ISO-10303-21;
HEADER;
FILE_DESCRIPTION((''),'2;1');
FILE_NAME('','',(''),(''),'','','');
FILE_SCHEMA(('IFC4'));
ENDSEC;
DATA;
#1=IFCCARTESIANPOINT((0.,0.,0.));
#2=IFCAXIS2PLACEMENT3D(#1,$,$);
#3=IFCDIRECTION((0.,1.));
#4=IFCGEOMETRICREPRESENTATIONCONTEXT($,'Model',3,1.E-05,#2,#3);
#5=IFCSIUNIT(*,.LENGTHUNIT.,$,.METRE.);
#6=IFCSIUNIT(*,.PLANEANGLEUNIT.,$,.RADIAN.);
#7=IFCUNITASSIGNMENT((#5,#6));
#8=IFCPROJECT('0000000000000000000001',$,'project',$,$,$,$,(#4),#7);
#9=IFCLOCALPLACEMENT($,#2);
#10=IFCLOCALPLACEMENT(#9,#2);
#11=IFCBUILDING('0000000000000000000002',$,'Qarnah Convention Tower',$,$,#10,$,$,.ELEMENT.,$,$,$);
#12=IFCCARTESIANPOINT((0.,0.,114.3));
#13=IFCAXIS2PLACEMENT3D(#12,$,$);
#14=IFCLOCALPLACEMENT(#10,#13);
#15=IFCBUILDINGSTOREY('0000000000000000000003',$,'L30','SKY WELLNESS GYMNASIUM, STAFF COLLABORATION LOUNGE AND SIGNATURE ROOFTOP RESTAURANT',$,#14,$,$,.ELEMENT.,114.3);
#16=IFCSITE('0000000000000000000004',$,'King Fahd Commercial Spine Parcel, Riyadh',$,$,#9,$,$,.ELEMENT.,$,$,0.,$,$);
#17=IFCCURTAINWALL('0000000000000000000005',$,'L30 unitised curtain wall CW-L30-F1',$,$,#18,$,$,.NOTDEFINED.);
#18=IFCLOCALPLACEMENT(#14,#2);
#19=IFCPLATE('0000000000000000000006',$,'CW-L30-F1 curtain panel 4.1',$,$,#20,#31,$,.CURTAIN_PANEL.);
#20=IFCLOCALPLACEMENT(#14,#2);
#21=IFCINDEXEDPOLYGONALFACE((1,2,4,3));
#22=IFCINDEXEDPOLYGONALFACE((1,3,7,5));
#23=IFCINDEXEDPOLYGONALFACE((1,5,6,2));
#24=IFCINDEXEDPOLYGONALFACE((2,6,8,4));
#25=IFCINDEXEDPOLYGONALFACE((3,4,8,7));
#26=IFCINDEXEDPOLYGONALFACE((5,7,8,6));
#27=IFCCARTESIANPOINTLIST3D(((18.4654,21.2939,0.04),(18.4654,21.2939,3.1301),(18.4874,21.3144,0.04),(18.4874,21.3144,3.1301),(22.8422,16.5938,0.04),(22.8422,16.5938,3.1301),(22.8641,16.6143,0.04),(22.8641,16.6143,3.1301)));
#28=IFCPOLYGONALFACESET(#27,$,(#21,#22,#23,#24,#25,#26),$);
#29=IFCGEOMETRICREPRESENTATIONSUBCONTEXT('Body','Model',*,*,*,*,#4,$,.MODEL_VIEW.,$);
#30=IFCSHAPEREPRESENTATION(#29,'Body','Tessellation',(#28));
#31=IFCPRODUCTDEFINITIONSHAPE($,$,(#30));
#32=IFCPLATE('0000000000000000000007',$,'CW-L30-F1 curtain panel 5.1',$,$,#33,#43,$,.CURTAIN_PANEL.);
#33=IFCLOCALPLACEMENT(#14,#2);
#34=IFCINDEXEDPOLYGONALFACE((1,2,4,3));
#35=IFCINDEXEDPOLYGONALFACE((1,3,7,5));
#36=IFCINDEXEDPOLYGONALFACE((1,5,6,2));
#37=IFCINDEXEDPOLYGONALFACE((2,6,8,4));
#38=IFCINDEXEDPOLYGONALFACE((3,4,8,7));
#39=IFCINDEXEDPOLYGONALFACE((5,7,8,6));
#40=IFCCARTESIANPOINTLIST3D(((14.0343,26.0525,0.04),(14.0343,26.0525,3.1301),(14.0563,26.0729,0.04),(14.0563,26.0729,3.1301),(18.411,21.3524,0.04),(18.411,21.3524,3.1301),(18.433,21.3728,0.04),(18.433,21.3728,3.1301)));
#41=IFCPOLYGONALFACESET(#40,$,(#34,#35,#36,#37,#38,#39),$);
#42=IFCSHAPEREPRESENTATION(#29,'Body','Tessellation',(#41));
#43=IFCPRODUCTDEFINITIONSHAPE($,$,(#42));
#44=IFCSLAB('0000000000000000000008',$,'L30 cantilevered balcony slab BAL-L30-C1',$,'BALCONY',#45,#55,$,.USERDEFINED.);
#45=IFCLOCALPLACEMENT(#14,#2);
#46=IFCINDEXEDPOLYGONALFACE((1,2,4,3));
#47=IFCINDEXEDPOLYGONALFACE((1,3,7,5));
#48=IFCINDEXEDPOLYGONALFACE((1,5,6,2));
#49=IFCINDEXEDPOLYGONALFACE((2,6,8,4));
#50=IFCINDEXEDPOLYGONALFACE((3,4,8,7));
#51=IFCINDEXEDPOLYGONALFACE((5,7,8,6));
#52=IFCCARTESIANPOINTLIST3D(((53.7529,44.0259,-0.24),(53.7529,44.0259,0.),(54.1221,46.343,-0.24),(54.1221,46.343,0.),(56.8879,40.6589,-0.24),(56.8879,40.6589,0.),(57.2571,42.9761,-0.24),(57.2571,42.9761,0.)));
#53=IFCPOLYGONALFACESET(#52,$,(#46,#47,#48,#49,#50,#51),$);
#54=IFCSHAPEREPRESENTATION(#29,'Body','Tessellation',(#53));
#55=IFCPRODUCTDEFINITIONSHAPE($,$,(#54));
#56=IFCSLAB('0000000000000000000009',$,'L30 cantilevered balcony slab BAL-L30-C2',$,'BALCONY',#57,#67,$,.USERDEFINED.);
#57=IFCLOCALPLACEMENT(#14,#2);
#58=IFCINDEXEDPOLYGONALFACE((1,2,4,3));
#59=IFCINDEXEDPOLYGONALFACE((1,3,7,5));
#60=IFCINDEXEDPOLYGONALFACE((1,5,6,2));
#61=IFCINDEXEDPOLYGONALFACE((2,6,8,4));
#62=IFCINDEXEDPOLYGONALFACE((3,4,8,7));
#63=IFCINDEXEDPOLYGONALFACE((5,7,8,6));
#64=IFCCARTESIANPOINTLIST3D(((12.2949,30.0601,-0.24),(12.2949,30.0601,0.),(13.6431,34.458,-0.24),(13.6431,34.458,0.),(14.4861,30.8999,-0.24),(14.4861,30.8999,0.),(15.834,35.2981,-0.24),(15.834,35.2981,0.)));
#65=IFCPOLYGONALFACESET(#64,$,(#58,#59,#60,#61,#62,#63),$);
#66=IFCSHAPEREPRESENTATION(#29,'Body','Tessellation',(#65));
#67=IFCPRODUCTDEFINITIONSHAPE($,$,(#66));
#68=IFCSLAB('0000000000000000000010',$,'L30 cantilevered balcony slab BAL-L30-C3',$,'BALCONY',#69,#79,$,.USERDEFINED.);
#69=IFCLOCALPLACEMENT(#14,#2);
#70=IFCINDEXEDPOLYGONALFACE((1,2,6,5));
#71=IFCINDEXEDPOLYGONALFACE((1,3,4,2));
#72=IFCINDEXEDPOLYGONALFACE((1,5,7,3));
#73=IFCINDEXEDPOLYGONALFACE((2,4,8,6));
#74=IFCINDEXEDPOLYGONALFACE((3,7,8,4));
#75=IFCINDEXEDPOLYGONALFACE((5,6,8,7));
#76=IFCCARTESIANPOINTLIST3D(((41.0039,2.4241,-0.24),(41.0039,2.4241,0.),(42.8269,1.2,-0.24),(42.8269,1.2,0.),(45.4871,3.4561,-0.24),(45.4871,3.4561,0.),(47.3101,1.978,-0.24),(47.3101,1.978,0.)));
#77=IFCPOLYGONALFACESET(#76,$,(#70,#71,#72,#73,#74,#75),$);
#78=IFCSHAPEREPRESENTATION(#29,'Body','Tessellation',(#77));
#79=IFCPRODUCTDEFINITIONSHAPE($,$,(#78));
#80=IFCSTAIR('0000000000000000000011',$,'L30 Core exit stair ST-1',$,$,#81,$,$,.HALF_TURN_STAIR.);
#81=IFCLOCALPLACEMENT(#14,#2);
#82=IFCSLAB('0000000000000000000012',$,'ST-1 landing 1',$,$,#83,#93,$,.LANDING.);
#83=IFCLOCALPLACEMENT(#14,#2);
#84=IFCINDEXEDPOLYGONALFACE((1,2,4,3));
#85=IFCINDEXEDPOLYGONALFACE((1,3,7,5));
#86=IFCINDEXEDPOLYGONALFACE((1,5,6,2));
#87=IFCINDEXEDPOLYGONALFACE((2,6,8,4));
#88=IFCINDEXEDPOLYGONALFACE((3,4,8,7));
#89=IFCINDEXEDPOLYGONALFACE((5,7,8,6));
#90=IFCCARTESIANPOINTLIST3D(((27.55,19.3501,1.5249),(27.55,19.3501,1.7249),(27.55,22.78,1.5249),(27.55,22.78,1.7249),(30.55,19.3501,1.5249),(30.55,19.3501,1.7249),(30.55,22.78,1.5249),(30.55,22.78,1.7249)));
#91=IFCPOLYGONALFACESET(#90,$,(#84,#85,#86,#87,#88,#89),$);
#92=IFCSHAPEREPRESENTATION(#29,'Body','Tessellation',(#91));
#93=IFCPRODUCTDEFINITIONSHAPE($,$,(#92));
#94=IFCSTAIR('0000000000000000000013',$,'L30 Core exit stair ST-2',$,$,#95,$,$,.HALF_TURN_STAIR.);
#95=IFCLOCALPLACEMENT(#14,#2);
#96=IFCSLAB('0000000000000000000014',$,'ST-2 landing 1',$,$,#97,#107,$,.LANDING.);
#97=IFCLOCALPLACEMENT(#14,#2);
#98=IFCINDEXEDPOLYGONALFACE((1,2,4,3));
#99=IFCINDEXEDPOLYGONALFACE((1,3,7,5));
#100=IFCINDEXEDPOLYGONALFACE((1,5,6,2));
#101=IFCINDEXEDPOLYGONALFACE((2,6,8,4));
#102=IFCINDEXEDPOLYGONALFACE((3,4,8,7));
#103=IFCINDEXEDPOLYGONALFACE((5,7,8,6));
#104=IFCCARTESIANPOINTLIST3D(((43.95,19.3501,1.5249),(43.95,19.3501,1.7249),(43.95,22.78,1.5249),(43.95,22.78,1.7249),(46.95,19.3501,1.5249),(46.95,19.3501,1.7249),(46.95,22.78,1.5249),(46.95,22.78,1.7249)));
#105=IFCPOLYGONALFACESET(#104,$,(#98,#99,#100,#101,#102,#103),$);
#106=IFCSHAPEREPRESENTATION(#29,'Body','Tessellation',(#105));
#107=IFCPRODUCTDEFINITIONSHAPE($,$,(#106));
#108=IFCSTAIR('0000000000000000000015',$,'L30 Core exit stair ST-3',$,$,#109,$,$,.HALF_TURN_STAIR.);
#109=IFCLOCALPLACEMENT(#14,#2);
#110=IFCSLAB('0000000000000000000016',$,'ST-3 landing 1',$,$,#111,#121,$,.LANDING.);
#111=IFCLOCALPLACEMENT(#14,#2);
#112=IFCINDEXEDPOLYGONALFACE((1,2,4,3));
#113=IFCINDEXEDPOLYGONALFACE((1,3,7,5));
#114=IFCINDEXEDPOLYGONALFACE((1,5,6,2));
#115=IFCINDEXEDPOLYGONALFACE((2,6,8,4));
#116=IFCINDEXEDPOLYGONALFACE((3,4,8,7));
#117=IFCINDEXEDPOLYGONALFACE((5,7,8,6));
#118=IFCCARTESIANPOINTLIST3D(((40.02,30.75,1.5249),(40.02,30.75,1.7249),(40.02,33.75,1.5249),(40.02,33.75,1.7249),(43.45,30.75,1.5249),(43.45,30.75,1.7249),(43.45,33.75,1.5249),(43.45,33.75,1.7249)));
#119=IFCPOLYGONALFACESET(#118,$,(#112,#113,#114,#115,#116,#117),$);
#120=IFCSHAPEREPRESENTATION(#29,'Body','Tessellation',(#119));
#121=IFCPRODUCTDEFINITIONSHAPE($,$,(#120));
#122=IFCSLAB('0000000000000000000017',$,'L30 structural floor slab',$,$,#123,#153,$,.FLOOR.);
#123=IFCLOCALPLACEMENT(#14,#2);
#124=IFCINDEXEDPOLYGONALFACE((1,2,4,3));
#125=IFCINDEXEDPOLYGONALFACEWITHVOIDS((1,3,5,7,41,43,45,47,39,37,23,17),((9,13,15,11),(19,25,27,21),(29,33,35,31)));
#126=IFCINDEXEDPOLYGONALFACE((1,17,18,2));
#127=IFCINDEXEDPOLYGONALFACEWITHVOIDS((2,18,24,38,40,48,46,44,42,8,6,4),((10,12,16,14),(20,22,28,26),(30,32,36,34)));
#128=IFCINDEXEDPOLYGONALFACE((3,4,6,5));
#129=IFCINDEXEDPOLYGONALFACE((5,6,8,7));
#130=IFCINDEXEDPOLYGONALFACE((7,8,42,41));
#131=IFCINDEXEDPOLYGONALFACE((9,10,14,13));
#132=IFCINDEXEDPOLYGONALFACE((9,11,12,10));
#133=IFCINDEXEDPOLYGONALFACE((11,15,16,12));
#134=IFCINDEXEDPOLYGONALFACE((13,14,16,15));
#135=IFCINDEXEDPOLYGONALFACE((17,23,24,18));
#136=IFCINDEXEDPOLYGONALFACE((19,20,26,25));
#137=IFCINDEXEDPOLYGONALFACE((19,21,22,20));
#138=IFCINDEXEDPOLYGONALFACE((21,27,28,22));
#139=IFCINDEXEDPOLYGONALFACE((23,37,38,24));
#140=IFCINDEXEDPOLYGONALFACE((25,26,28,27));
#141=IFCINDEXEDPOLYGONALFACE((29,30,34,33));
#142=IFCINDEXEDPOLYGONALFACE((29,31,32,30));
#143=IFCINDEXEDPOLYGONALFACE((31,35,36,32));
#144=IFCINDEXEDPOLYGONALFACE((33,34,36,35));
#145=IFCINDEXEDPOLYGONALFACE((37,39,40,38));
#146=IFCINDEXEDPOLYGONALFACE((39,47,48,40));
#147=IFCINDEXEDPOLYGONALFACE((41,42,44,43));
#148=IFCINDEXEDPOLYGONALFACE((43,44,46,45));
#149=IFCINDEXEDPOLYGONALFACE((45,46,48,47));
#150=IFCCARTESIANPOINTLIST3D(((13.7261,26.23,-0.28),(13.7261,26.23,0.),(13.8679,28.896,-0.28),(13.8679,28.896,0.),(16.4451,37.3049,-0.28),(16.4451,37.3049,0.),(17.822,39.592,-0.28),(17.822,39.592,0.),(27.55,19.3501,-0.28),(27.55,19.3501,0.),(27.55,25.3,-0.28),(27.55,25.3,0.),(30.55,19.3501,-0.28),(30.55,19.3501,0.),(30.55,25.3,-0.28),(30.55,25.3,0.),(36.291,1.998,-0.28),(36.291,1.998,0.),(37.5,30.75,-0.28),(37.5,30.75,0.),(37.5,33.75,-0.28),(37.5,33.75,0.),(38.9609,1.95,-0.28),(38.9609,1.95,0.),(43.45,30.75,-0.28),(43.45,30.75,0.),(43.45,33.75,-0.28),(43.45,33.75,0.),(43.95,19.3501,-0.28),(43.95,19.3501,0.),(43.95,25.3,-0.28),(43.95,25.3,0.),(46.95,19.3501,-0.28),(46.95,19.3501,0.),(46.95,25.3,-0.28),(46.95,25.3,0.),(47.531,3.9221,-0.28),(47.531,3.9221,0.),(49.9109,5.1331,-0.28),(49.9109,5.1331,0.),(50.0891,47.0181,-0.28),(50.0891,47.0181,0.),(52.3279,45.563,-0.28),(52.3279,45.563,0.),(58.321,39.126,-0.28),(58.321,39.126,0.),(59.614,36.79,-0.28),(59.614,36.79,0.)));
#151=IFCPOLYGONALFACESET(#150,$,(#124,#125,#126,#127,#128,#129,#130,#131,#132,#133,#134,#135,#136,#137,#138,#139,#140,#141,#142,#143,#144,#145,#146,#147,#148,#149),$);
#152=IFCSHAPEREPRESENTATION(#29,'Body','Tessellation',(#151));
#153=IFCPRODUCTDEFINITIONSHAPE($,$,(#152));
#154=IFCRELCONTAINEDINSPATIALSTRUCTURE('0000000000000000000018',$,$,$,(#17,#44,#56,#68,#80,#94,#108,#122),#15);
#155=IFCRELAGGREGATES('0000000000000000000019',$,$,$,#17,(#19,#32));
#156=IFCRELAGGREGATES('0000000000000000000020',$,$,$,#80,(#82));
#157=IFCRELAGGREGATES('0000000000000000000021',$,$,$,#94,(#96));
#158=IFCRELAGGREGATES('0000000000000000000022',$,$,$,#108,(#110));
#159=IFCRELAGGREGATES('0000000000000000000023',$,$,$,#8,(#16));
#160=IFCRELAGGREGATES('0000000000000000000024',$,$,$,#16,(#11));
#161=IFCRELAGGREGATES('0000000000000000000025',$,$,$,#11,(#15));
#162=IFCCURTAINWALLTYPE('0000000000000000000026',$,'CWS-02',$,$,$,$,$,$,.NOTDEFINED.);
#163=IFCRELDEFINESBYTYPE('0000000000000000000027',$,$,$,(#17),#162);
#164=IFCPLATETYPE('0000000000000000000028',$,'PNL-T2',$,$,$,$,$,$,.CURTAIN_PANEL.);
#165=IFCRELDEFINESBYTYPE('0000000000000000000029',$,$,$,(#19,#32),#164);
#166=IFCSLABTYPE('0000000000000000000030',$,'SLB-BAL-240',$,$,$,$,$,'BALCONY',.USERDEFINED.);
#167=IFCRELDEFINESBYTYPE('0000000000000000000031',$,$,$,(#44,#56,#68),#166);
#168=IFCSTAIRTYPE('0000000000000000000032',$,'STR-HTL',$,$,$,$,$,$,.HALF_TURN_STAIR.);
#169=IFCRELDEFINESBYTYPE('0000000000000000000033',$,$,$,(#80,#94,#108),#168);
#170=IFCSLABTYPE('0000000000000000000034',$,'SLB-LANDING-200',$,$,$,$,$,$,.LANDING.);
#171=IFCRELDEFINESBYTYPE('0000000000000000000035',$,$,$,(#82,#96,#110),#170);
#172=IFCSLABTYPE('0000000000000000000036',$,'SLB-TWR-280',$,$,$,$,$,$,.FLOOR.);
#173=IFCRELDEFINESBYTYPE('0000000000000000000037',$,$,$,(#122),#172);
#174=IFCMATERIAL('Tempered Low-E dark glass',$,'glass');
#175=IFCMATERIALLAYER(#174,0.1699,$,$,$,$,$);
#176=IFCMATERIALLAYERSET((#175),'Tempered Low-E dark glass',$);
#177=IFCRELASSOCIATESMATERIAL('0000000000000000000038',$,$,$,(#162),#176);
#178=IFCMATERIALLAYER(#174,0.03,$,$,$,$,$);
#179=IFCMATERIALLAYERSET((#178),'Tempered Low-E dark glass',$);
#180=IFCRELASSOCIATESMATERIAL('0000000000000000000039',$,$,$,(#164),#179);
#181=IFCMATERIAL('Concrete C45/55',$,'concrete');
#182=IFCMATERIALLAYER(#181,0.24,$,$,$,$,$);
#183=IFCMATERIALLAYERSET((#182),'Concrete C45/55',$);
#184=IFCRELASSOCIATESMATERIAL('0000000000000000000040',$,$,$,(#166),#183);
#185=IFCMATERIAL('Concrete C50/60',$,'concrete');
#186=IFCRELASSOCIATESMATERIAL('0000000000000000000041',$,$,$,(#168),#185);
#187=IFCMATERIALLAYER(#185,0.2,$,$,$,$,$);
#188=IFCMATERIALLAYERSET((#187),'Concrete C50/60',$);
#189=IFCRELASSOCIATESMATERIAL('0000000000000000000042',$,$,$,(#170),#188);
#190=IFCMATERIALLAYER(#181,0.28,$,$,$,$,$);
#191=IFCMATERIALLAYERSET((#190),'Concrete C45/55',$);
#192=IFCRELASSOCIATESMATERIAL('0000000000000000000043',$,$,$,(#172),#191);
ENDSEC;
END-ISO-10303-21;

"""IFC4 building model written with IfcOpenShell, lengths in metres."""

from ifc_helpers import new_model, si_unit, direction, frame, origin, origin_2d, place, context, subcontext, project, spatial, polyline, rectangle, outline, extrude, material, layer, layer_set, type_object, element, aggregate, save


model = new_model("IFC4")

# Units and contexts
model_context = context("Model", 3, precision=1e-05, world=origin(), true_north=direction((0.0, 1.0)))
body_context = subcontext(model_context, "Body", "Model", "MODEL_VIEW")
ifc_project = project(units=[si_unit("LENGTHUNIT", "METRE"), si_unit("PLANEANGLEUNIT", "RADIAN")], contexts=[model_context])

# Site, building, storey
site_placement = place(None, origin())
site = spatial("IfcSite", under=ifc_project, at=site_placement, Name="King Fahd Commercial Spine Parcel, Riyadh", CompositionType="ELEMENT", RefElevation=0.0)
building_placement = place(site_placement, origin())
building = spatial("IfcBuilding", under=site, at=building_placement, Name="Qarnah Convention Tower", CompositionType="ELEMENT")
storey_placement = place(building_placement, frame((0.0, 0.0, 114.3)))
storey = spatial("IfcBuildingStorey", under=building, at=storey_placement, Name="L30", Description="SKY WELLNESS GYMNASIUM, STAFF COLLABORATION LOUNGE AND SIGNATURE ROOFTOP RESTAURANT", CompositionType="ELEMENT", Elevation=114.3)

# Curtain wall, plates
ifc_material_1 = material(Name="Tempered Low-E dark glass", Category="glass")
ifc_layer_1 = layer(ifc_material_1, 0.1699)
ifc_layer_set_1 = layer_set([ifc_layer_1], Name="Tempered Low-E dark glass")
curtain_wall_type = type_object("IfcCurtainWallType", Name="CWS-02", PredefinedType="NOTDEFINED", material=ifc_layer_set_1)
curtain_wall_placement = place(storey_placement, origin())
curtain_wall = element("IfcCurtainWall", 1, at=curtain_wall_placement, inside=storey, type_object=curtain_wall_type, Name="L30 unitised curtain wall CW-L30-F1", PredefinedType="NOTDEFINED")
ifc_layer_2 = layer(ifc_material_1, 0.03)
ifc_layer_set_2 = layer_set([ifc_layer_2], Name="Tempered Low-E dark glass")
plate_type = type_object("IfcPlateType", Name="PNL-T2", PredefinedType="CURTAIN_PANEL", material=ifc_layer_set_2)
plate_1_placement = place(storey_placement, frame((20.6648, 18.9541, 0.04), z_axis=(0.0, 0.0, 1.0), x_axis=(-0.681483, 0.731834, 0.0)))
plate_1 = element("IfcPlate", 2, at=plate_1_placement, type_object=plate_type, Name="CW-L30-F1 curtain panel 4.1", PredefinedType="CURTAIN_PANEL", context=body_context, shape_type="SweptSolid", body=[
    extrude(rectangle(XDim=6.4224, YDim=0.03, at=origin_2d()), origin(), (0.0, 0.0, 1.0), 3.0901),
])
plate_2_placement = place(storey_placement, frame((16.2336, 23.7126, 0.04), z_axis=(0.0, 0.0, 1.0), x_axis=(-0.681483, 0.731834, 0.0)))
plate_2 = element("IfcPlate", 3, at=plate_2_placement, type_object=plate_type, Name="CW-L30-F1 curtain panel 5.1", PredefinedType="CURTAIN_PANEL", context=body_context, shape_type="SweptSolid", body=[
    extrude(rectangle(XDim=6.4224, YDim=0.03, at=origin_2d()), origin(), (0.0, 0.0, 1.0), 3.0901),
])
aggregate(curtain_wall, [plate_1, plate_2])

# Slabs
ifc_material_2 = material(Name="Concrete C45/55", Category="concrete")
ifc_layer_3 = layer(ifc_material_2, 0.24)
ifc_layer_set_3 = layer_set([ifc_layer_3], Name="Concrete C45/55")
slab_type_1 = type_object("IfcSlabType", Name="SLB-BAL-240", ElementType="BALCONY", PredefinedType="USERDEFINED", material=ifc_layer_set_3)
slab_1_placement = place(storey_placement, frame((0.0, 0.0, -0.24)))
element("IfcSlab", 4, at=slab_1_placement, inside=storey, type_object=slab_type_1, Name="L30 cantilevered balcony slab BAL-L30-C1", ObjectType="BALCONY", PredefinedType="USERDEFINED", context=body_context, shape_type="SweptSolid", body=[
    extrude(outline(polyline([(54.1221, 46.343), (57.2571, 42.9761), (56.8879, 40.6589), (53.7529, 44.0259), (54.1221, 46.343)])), origin(), (0.0, 0.0, 1.0), 0.24),
])
slab_2_placement = place(storey_placement, frame((0.0, 0.0, -0.24)))
element("IfcSlab", 5, at=slab_2_placement, inside=storey, type_object=slab_type_1, Name="L30 cantilevered balcony slab BAL-L30-C2", ObjectType="BALCONY", PredefinedType="USERDEFINED", context=body_context, shape_type="SweptSolid", body=[
    extrude(outline(polyline([(12.2949, 30.0601), (13.6431, 34.458), (15.834, 35.2981), (14.4861, 30.8999), (12.2949, 30.0601)])), origin(), (0.0, 0.0, 1.0), 0.24),
])
slab_3_placement = place(storey_placement, frame((0.0, 0.0, -0.24)))
element("IfcSlab", 6, at=slab_3_placement, inside=storey, type_object=slab_type_1, Name="L30 cantilevered balcony slab BAL-L30-C3", ObjectType="BALCONY", PredefinedType="USERDEFINED", context=body_context, shape_type="SweptSolid", body=[
    extrude(outline(polyline([(47.3101, 1.978), (42.8269, 1.2), (41.0039, 2.4241), (45.4871, 3.4561), (47.3101, 1.978)])), origin(), (0.0, 0.0, 1.0), 0.24),
])

# Stairs, slabs
ifc_material_3 = material(Name="Concrete C50/60", Category="concrete")
stair_type = type_object("IfcStairType", Name="STR-HTL", PredefinedType="HALF_TURN_STAIR", material=ifc_material_3)
stair_1_placement = place(storey_placement, origin())
stair_1 = element("IfcStair", 7, at=stair_1_placement, inside=storey, type_object=stair_type, Name="L30 Core exit stair ST-1", PredefinedType="HALF_TURN_STAIR")
ifc_layer_4 = layer(ifc_material_3, 0.2)
ifc_layer_set_4 = layer_set([ifc_layer_4], Name="Concrete C50/60")
slab_type_2 = type_object("IfcSlabType", Name="SLB-LANDING-200", PredefinedType="LANDING", material=ifc_layer_set_4)
slab_4_placement = place(storey_placement, frame((0.0, 0.0, 1.5249)))
slab_4 = element("IfcSlab", 8, at=slab_4_placement, type_object=slab_type_2, Name="ST-1 landing 1", PredefinedType="LANDING", context=body_context, shape_type="SweptSolid", body=[
    extrude(outline(polyline([(27.55, 22.78), (27.55, 19.3501), (30.55, 19.3501), (30.55, 22.78), (27.55, 22.78)])), origin(), (0.0, 0.0, 1.0), 0.2),
])
aggregate(stair_1, [slab_4])
stair_2_placement = place(storey_placement, origin())
stair_2 = element("IfcStair", 9, at=stair_2_placement, inside=storey, type_object=stair_type, Name="L30 Core exit stair ST-2", PredefinedType="HALF_TURN_STAIR")
slab_5_placement = place(storey_placement, frame((0.0, 0.0, 1.5249)))
slab_5 = element("IfcSlab", 10, at=slab_5_placement, type_object=slab_type_2, Name="ST-2 landing 1", PredefinedType="LANDING", context=body_context, shape_type="SweptSolid", body=[
    extrude(outline(polyline([(43.95, 22.78), (43.95, 19.3501), (46.95, 19.3501), (46.95, 22.78), (43.95, 22.78)])), origin(), (0.0, 0.0, 1.0), 0.2),
])
aggregate(stair_2, [slab_5])
stair_3_placement = place(storey_placement, origin())
stair_3 = element("IfcStair", 11, at=stair_3_placement, inside=storey, type_object=stair_type, Name="L30 Core exit stair ST-3", PredefinedType="HALF_TURN_STAIR")
slab_6_placement = place(storey_placement, frame((0.0, 0.0, 1.5249)))
slab_6 = element("IfcSlab", 12, at=slab_6_placement, type_object=slab_type_2, Name="ST-3 landing 1", PredefinedType="LANDING", context=body_context, shape_type="SweptSolid", body=[
    extrude(outline(polyline([(40.02, 30.75), (43.45, 30.75), (43.45, 33.75), (40.02, 33.75), (40.02, 30.75)])), origin(), (0.0, 0.0, 1.0), 0.2),
])
aggregate(stair_3, [slab_6])

# Slab
ifc_layer_5 = layer(ifc_material_2, 0.28)
ifc_layer_set_5 = layer_set([ifc_layer_5], Name="Concrete C45/55")
slab_type_3 = type_object("IfcSlabType", Name="SLB-TWR-280", PredefinedType="FLOOR", material=ifc_layer_set_5)
slab_7_placement = place(storey_placement, frame((0.0, 0.0, -0.28)))
element("IfcSlab", 13, at=slab_7_placement, inside=storey, type_object=slab_type_3, Name="L30 structural floor slab", PredefinedType="FLOOR", context=body_context, shape_type="SweptSolid", body=[
    extrude(outline(polyline([(50.0891, 47.0181), (17.822, 39.592), (16.4451, 37.3049), (13.8679, 28.896), (13.7261, 26.23), (36.291, 1.998), (38.9609, 1.95), (47.531, 3.9221), (49.9109, 5.1331), (59.614, 36.79), (58.321, 39.126), (52.3279, 45.563), (50.0891, 47.0181)]), holes=[polyline([(27.55, 25.3), (27.55, 19.3501), (30.55, 19.3501), (30.55, 25.3), (27.55, 25.3)]), polyline([(43.95, 25.3), (43.95, 19.3501), (46.95, 19.3501), (46.95, 25.3), (43.95, 25.3)]), polyline([(37.5, 30.75), (43.45, 30.75), (43.45, 33.75), (37.5, 33.75), (37.5, 30.75)])]), origin(), (0.0, 0.0, 1.0), 0.28),
])

save(model, "model.ifc")
